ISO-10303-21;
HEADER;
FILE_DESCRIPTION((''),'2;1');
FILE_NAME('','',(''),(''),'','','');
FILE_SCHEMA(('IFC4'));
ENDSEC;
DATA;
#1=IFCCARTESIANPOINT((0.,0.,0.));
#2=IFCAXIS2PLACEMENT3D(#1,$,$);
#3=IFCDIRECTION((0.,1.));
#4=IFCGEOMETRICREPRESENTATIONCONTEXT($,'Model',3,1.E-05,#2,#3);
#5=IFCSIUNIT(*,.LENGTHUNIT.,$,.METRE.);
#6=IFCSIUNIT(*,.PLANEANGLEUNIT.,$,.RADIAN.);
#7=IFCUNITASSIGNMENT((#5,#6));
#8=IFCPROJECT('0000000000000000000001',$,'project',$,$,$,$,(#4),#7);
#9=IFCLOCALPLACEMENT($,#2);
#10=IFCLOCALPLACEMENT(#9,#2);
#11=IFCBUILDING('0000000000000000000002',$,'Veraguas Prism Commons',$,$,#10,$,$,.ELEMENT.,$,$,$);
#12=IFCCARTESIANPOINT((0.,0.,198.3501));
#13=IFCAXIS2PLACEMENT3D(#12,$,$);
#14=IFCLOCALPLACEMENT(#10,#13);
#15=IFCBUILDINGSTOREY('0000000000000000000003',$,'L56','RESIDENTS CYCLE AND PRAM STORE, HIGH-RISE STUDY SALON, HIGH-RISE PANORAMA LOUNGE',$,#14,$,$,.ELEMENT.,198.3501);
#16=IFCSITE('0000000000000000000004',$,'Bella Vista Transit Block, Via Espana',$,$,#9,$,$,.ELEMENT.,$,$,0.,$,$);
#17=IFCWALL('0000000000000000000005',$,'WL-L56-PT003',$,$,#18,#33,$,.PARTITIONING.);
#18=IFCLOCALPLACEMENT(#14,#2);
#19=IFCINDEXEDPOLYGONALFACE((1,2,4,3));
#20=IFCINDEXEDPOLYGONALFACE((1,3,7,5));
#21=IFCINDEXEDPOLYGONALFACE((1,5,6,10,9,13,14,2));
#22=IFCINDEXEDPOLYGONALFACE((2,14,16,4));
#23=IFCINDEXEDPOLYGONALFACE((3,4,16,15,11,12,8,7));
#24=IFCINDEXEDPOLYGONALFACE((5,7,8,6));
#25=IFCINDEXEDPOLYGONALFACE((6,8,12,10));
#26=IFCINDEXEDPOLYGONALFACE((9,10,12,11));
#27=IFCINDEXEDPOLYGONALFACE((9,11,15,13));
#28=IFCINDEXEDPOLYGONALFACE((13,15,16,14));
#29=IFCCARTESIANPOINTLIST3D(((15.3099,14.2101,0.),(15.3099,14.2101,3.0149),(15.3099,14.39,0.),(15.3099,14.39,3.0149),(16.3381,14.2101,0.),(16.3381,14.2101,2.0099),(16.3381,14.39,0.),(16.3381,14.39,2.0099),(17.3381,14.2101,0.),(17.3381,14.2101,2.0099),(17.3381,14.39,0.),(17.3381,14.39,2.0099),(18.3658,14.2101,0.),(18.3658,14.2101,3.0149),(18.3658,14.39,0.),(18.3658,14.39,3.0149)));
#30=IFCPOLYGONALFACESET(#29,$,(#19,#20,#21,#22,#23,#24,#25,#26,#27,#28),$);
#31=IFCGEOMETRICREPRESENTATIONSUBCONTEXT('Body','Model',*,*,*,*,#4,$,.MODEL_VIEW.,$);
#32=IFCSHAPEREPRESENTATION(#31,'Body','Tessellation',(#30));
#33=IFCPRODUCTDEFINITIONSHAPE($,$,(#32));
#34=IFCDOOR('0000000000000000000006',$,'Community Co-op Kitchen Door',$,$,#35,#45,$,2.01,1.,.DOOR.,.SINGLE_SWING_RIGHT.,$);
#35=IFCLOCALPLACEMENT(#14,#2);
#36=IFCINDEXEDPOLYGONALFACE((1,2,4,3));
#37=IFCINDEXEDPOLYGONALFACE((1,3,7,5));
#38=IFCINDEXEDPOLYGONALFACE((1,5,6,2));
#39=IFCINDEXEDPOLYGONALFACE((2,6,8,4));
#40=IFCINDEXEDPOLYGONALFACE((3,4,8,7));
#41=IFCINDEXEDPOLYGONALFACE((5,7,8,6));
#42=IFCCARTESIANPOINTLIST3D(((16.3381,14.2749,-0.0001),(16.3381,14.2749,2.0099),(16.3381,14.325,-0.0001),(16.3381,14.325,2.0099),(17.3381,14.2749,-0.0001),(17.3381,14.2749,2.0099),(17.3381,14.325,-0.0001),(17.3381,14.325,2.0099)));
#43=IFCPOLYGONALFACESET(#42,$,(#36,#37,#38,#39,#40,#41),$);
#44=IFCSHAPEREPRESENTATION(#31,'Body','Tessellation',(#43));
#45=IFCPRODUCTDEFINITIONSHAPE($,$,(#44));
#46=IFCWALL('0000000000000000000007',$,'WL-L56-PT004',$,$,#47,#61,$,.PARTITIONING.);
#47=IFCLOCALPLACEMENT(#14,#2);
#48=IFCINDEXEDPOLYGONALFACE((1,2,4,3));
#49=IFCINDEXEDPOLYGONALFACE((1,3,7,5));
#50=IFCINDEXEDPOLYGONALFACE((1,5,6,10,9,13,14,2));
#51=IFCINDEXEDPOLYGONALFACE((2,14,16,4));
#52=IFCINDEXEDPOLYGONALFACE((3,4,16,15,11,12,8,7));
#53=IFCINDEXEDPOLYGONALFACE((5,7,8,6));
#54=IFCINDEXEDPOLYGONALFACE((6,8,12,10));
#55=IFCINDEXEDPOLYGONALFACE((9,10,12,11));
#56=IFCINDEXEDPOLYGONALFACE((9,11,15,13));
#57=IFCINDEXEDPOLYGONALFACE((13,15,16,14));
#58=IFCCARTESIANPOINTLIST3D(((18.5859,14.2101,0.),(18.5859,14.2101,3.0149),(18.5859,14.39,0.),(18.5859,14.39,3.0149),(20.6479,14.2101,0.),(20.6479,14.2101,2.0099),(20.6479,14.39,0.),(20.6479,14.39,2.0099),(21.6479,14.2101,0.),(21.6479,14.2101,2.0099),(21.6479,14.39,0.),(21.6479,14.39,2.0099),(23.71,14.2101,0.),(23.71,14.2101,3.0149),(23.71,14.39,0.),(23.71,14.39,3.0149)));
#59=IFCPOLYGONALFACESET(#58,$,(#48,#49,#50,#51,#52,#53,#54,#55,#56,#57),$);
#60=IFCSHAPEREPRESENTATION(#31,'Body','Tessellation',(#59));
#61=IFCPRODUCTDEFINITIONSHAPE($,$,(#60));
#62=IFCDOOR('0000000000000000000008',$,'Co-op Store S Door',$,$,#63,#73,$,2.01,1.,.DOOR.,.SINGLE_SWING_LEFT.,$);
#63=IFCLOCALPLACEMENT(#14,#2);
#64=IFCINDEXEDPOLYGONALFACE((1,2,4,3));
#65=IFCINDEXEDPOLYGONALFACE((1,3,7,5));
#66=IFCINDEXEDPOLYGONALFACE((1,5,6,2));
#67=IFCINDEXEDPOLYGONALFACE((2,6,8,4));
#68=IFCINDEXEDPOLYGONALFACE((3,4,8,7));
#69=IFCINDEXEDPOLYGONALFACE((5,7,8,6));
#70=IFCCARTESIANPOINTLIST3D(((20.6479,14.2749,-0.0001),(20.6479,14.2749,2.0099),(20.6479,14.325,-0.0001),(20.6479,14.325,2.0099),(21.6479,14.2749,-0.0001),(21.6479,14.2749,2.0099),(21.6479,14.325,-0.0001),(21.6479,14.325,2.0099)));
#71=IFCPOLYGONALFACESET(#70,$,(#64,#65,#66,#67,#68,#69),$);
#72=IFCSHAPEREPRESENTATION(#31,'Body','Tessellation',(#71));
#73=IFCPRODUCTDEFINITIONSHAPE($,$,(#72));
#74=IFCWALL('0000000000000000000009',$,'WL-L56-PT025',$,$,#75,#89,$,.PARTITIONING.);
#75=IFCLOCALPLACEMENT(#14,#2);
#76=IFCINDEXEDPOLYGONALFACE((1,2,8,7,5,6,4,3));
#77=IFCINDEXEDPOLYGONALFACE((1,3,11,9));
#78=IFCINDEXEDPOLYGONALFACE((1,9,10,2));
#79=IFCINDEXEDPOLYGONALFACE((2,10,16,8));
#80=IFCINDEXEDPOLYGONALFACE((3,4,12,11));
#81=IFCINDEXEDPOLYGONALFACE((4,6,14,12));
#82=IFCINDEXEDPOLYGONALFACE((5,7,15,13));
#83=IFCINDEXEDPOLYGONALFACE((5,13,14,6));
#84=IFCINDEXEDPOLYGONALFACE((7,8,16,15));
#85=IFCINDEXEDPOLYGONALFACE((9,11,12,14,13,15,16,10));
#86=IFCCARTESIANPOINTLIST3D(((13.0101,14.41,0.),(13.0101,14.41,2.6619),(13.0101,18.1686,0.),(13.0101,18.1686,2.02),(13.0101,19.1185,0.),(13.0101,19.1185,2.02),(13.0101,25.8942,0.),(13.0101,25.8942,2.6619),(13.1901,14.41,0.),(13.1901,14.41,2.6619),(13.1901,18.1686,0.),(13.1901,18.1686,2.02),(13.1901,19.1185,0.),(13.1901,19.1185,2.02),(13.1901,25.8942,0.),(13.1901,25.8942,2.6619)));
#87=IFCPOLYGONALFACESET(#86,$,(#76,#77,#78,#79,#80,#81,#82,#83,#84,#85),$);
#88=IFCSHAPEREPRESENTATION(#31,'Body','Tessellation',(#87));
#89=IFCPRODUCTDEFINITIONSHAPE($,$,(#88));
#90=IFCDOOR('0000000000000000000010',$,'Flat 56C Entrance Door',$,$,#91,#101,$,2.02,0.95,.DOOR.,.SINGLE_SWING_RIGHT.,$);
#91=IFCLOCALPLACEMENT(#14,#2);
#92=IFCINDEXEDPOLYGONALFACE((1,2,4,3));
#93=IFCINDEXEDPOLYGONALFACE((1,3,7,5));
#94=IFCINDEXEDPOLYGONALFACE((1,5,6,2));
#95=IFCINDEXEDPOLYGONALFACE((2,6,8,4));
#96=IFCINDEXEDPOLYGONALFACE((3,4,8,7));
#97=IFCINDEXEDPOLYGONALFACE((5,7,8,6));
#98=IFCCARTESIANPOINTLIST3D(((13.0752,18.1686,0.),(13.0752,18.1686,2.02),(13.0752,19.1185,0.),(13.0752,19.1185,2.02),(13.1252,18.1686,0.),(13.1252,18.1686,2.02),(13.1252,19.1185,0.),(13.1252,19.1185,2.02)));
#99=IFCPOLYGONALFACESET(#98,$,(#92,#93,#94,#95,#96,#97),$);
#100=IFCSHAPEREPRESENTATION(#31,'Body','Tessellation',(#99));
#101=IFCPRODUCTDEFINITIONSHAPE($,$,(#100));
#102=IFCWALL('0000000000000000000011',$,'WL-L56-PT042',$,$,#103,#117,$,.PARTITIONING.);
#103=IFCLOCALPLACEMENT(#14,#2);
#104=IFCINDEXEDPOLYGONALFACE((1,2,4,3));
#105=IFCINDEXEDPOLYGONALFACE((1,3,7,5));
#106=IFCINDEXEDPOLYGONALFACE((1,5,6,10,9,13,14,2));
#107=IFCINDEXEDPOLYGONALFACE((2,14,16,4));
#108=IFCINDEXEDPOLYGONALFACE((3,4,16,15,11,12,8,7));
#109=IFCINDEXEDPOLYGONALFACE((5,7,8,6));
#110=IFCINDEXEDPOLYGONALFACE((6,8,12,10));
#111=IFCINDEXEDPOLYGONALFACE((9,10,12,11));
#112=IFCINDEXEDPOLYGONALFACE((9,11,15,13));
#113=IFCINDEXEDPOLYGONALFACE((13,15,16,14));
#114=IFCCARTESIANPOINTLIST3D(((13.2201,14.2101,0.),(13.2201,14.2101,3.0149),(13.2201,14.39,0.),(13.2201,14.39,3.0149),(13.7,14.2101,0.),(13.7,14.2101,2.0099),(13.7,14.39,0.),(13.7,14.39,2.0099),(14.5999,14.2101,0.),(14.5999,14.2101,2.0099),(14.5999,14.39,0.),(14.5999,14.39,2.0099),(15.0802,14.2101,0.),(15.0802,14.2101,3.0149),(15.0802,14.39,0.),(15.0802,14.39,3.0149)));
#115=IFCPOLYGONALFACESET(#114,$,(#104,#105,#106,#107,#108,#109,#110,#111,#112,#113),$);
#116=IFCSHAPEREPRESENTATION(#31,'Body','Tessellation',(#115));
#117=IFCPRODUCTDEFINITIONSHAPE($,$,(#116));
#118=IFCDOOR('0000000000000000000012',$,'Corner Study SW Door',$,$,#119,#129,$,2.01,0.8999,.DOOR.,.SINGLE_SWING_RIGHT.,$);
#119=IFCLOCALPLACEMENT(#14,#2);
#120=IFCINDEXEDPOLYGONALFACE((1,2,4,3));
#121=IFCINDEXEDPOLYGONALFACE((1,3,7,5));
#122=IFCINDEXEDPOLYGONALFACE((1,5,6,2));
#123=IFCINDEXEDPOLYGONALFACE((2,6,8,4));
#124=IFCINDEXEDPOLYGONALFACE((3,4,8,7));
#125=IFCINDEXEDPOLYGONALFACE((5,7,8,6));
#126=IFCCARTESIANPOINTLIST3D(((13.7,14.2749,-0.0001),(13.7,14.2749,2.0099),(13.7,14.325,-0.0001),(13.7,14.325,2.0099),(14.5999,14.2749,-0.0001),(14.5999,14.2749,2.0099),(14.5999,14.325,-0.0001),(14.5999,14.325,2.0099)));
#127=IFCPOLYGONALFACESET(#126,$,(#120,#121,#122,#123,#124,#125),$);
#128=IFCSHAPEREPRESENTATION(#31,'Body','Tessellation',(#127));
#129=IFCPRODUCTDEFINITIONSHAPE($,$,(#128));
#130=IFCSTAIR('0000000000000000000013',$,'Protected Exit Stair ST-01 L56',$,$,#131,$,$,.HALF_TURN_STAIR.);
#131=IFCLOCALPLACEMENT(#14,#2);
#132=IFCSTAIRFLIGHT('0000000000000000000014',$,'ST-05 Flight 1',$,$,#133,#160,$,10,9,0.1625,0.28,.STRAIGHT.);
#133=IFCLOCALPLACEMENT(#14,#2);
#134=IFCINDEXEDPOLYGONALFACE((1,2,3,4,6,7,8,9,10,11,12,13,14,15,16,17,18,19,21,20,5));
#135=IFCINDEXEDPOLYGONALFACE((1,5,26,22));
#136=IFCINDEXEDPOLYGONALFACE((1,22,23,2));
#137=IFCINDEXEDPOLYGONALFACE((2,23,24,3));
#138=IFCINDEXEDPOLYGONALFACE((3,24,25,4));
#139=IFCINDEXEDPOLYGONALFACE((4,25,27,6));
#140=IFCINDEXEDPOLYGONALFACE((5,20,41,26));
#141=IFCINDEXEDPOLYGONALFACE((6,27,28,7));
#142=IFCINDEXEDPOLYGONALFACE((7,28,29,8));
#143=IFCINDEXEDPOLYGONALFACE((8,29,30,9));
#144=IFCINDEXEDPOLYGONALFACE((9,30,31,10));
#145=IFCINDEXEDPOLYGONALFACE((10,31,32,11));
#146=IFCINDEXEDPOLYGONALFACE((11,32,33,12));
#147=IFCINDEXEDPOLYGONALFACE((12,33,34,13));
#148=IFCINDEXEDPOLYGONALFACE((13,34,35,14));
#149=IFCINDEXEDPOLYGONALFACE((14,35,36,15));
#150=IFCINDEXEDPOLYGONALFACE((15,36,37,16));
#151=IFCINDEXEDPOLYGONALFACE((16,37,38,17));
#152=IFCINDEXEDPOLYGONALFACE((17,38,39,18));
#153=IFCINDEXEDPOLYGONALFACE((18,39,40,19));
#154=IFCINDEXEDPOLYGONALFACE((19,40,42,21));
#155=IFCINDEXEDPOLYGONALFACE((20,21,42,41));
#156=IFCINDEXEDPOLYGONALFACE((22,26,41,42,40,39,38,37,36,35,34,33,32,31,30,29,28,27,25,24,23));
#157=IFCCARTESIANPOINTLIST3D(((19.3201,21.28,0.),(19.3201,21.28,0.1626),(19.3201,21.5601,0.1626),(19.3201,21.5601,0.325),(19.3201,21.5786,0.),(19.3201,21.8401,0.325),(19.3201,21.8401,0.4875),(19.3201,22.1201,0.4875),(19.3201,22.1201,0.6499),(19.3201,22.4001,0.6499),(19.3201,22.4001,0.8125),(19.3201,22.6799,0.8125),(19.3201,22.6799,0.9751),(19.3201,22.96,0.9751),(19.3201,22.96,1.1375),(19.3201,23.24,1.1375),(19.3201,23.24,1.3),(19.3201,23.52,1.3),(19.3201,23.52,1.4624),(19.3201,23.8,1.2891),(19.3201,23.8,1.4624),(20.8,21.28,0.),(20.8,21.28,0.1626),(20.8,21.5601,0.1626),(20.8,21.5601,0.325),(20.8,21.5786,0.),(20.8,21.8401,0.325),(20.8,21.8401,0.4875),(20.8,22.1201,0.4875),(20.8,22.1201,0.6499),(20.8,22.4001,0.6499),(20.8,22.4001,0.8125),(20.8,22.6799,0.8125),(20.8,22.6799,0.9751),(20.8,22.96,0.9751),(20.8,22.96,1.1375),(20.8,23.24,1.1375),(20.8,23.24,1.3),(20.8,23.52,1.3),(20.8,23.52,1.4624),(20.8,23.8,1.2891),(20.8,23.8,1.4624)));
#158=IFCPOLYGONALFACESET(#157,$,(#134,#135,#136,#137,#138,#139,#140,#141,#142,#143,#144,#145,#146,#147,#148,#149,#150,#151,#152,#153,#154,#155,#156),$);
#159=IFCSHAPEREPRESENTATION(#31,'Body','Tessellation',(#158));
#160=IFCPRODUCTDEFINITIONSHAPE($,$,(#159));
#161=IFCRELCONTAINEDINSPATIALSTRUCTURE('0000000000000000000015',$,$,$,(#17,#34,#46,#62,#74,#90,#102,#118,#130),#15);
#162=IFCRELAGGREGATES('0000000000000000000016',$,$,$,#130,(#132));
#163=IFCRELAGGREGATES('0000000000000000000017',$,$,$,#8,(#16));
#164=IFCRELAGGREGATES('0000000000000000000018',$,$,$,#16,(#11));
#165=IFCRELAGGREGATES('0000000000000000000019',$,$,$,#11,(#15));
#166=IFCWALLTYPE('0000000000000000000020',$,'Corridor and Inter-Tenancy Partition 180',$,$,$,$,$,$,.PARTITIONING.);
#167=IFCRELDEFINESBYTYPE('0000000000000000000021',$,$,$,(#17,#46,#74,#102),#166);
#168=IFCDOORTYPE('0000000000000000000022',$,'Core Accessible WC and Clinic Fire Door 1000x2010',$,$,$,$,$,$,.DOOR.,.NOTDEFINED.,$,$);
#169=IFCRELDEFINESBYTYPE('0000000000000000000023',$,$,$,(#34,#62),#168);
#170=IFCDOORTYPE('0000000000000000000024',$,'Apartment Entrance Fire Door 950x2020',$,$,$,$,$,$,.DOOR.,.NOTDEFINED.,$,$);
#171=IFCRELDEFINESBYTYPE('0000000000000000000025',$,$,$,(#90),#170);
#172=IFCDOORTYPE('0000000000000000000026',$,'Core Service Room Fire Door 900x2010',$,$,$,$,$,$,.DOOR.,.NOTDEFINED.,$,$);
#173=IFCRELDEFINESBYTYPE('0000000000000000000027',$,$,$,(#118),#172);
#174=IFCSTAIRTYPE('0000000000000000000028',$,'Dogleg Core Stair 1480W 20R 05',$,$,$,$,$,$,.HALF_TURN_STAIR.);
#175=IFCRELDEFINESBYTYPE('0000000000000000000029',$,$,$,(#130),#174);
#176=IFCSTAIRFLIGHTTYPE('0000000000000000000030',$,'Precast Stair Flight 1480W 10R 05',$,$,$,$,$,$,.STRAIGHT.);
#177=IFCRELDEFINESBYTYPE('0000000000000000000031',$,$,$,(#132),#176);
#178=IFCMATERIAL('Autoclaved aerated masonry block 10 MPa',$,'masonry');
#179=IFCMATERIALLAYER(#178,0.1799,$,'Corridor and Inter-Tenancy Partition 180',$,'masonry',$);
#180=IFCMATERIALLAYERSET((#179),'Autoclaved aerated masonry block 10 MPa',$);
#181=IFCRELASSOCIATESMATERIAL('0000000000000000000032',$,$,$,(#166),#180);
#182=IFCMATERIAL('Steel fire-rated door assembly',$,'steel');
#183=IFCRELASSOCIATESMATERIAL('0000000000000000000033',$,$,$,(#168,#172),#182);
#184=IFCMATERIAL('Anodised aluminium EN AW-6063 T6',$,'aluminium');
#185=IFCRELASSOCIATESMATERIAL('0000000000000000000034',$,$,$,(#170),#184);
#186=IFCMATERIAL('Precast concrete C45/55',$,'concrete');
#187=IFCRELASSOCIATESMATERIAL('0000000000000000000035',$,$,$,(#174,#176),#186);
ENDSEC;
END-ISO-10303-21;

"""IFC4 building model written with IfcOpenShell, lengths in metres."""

from ifc_helpers import new_model, si_unit, direction, frame, frame_2d, origin, place, context, subcontext, project, spatial, polyline, rectangle, outline, extrude, source, transform, mapped, material, layer, layer_set, type_object, element, fill, aggregate, save


model = new_model("IFC4")

# Units and contexts
model_context = context("Model", 3, precision=1e-05, world=origin(), true_north=direction((0.0, 1.0)))
body_context = subcontext(model_context, "Body", "Model", "MODEL_VIEW")
ifc_project = project(units=[si_unit("LENGTHUNIT", "METRE"), si_unit("PLANEANGLEUNIT", "RADIAN")], contexts=[model_context])

# Site, building, storey
site_placement = place(None, origin())
site = spatial("IfcSite", under=ifc_project, at=site_placement, Name="Bella Vista Transit Block, Via Espana", CompositionType="ELEMENT", RefElevation=0.0)
building_placement = place(site_placement, origin())
building = spatial("IfcBuilding", under=site, at=building_placement, Name="Veraguas Prism Commons", CompositionType="ELEMENT")
storey_placement = place(building_placement, frame((0.0, 0.0, 198.3501)))
storey = spatial("IfcBuildingStorey", under=building, at=storey_placement, Name="L56", Description="RESIDENTS CYCLE AND PRAM STORE, HIGH-RISE STUDY SALON, HIGH-RISE PANORAMA LOUNGE", CompositionType="ELEMENT", Elevation=198.3501)

# Shared definitions
ifc_material_1 = material(Name="Steel fire-rated door assembly", Category="steel")

# Walls, openings, doors
ifc_material_2 = material(Name="Autoclaved aerated masonry block 10 MPa", Category="masonry")
ifc_layer_1 = layer(ifc_material_2, 0.1799, Name="Corridor and Inter-Tenancy Partition 180", Category="masonry")
ifc_layer_set_1 = layer_set([ifc_layer_1], Name="Autoclaved aerated masonry block 10 MPa")
wall_type_1 = type_object("IfcWallType", Name="Corridor and Inter-Tenancy Partition 180", PredefinedType="PARTITIONING", material=ifc_layer_set_1)
wall_1_placement = place(storey_placement, frame((15.3101, 14.3, 0.0), z_axis=(0.0, 0.0, 1.0), x_axis=(1.0, 0.0, 0.0)))
wall_1 = element("IfcWall", 1, at=wall_1_placement, inside=storey, type_object=wall_type_1, Name="WL-L56-PT003", PredefinedType="PARTITIONING", context=body_context, shape_type="SweptSolid", body=[
    extrude(rectangle(XDim=3.0559, YDim=0.1799, at=frame_2d((1.5278, 0.0))), origin(), (0.0, 0.0, 1.0), 3.0149),
])
opening_1_placement = place(wall_1_placement, frame((1.0281, 0.0, 0.0)))
opening_1 = element("IfcOpeningElement", 2, at=opening_1_placement, cuts=wall_1, PredefinedType="OPENING", context=body_context, shape_type="SweptSolid", body=[
    extrude(rectangle(XDim=1.0, YDim=2.01, at=frame_2d((0.5, 1.0049))), frame((0.0, 0.0999, 0.0), z_axis=(0.0, -1.0, 0.0), x_axis=(1.0, 0.0, 0.0)), (0.0, 0.0, 1.0), 0.2),
])
door_type_1 = type_object("IfcDoorType", Name="Core Accessible WC and Clinic Fire Door 1000x2010", OperationType="NOTDEFINED", PredefinedType="DOOR", material=ifc_material_1)
shared_shape_1 = source(origin(), body_context, "Body", "SweptSolid", [
    extrude(rectangle(XDim=1.0, YDim=2.01, at=frame_2d((0.5, 1.0049))), frame((0.0, 0.0249, 0.0), z_axis=(0.0, -1.0, 0.0), x_axis=(1.0, 0.0, 0.0)), (0.0, 0.0, 1.0), 0.05),
])
door_1_placement = place(opening_1_placement, origin())
door_1 = element("IfcDoor", 3, at=door_1_placement, inside=storey, type_object=door_type_1, Name="Community Co-op Kitchen Door", OperationType="SINGLE_SWING_RIGHT", OverallHeight=2.01, OverallWidth=1.0, PredefinedType="DOOR", context=body_context, shape_type="MappedRepresentation", body=[
    mapped(shared_shape_1, transform((0.0, 0.0, 0.0), scale=1.0)),
])
fill(opening_1, door_1)
wall_2_placement = place(storey_placement, frame((18.5859, 14.3, 0.0), z_axis=(0.0, 0.0, 1.0), x_axis=(1.0, 0.0, 0.0)))
wall_2 = element("IfcWall", 4, at=wall_2_placement, inside=storey, type_object=wall_type_1, Name="WL-L56-PT004", PredefinedType="PARTITIONING", context=body_context, shape_type="SweptSolid", body=[
    extrude(rectangle(XDim=5.124, YDim=0.1799, at=frame_2d((2.562, 0.0))), origin(), (0.0, 0.0, 1.0), 3.0149),
])
opening_2_placement = place(wall_2_placement, frame((2.062, 0.0, 0.0)))
opening_2 = element("IfcOpeningElement", 5, at=opening_2_placement, cuts=wall_2, PredefinedType="OPENING", context=body_context, shape_type="SweptSolid", body=[
    extrude(rectangle(XDim=1.0, YDim=2.01, at=frame_2d((0.5, 1.0049))), frame((0.0, 0.0999, 0.0), z_axis=(0.0, -1.0, 0.0), x_axis=(1.0, 0.0, 0.0)), (0.0, 0.0, 1.0), 0.2),
])
door_2_placement = place(opening_2_placement, origin())
door_2 = element("IfcDoor", 6, at=door_2_placement, inside=storey, type_object=door_type_1, Name="Co-op Store S Door", OperationType="SINGLE_SWING_LEFT", OverallHeight=2.01, OverallWidth=1.0, PredefinedType="DOOR", context=body_context, shape_type="MappedRepresentation", body=[
    mapped(shared_shape_1, transform((0.0, 0.0, 0.0), scale=1.0)),
])
fill(opening_2, door_2)
wall_3_placement = place(storey_placement, frame((13.1001, 14.4099, 0.0), z_axis=(0.0, 0.0, 1.0), x_axis=(0.0, 1.0, 0.0)))
wall_3 = element("IfcWall", 7, at=wall_3_placement, inside=storey, type_object=wall_type_1, Name="WL-L56-PT025", PredefinedType="PARTITIONING", context=body_context, shape_type="SweptSolid", body=[
    extrude(rectangle(XDim=11.4841, YDim=0.1799, at=frame_2d((5.7422, 0.0))), origin(), (0.0, 0.0, 1.0), 2.6619),
])
opening_3_placement = place(wall_3_placement, frame((3.7585, 0.0, 0.0)))
opening_3 = element("IfcOpeningElement", 8, at=opening_3_placement, cuts=wall_3, PredefinedType="OPENING", context=body_context, shape_type="SweptSolid", body=[
    extrude(rectangle(XDim=0.95, YDim=2.02, at=frame_2d((0.4751, 1.01))), frame((0.0, 0.0999, 0.0), z_axis=(0.0, -1.0, 0.0), x_axis=(1.0, 0.0, 0.0)), (0.0, 0.0, 1.0), 0.2),
])
ifc_material_3 = material(Name="Anodised aluminium EN AW-6063 T6", Category="aluminium")
door_type_2 = type_object("IfcDoorType", Name="Apartment Entrance Fire Door 950x2020", OperationType="NOTDEFINED", PredefinedType="DOOR", material=ifc_material_3)
shared_shape_2 = source(origin(), body_context, "Body", "SweptSolid", [
    extrude(rectangle(XDim=0.95, YDim=2.02, at=frame_2d((0.4751, 1.01))), frame((0.0, 0.0249, 0.0), z_axis=(0.0, -1.0, 0.0), x_axis=(1.0, 0.0, 0.0)), (0.0, 0.0, 1.0), 0.05),
])
door_3_placement = place(opening_3_placement, origin())
door_3 = element("IfcDoor", 9, at=door_3_placement, inside=storey, type_object=door_type_2, Name="Flat 56C Entrance Door", OperationType="SINGLE_SWING_RIGHT", OverallHeight=2.02, OverallWidth=0.95, PredefinedType="DOOR", context=body_context, shape_type="MappedRepresentation", body=[
    mapped(shared_shape_2, transform((0.0, 0.0, 0.0), scale=1.0)),
])
fill(opening_3, door_3)
wall_4_placement = place(storey_placement, frame((13.22, 14.3, 0.0), z_axis=(0.0, 0.0, 1.0), x_axis=(1.0, 0.0, 0.0)))
wall_4 = element("IfcWall", 10, at=wall_4_placement, inside=storey, type_object=wall_type_1, Name="WL-L56-PT042", PredefinedType="PARTITIONING", context=body_context, shape_type="SweptSolid", body=[
    extrude(rectangle(XDim=1.8601, YDim=0.1799, at=frame_2d((0.9302, 0.0))), origin(), (0.0, 0.0, 1.0), 3.0149),
])
opening_4_placement = place(wall_4_placement, frame((0.48, 0.0, 0.0)))
opening_4 = element("IfcOpeningElement", 11, at=opening_4_placement, cuts=wall_4, PredefinedType="OPENING", context=body_context, shape_type="SweptSolid", body=[
    extrude(rectangle(XDim=0.8999, YDim=2.01, at=frame_2d((0.45, 1.0049))), frame((0.0, 0.0999, 0.0), z_axis=(0.0, -1.0, 0.0), x_axis=(1.0, 0.0, 0.0)), (0.0, 0.0, 1.0), 0.2),
])
door_type_3 = type_object("IfcDoorType", Name="Core Service Room Fire Door 900x2010", OperationType="NOTDEFINED", PredefinedType="DOOR", material=ifc_material_1)
shared_shape_3 = source(origin(), body_context, "Body", "SweptSolid", [
    extrude(rectangle(XDim=0.8999, YDim=2.01, at=frame_2d((0.45, 1.0049))), frame((0.0, 0.0249, 0.0), z_axis=(0.0, -1.0, 0.0), x_axis=(1.0, 0.0, 0.0)), (0.0, 0.0, 1.0), 0.05),
])
door_4_placement = place(opening_4_placement, origin())
door_4 = element("IfcDoor", 12, at=door_4_placement, inside=storey, type_object=door_type_3, Name="Corner Study SW Door", OperationType="SINGLE_SWING_RIGHT", OverallHeight=2.01, OverallWidth=0.8999, PredefinedType="DOOR", context=body_context, shape_type="MappedRepresentation", body=[
    mapped(shared_shape_3, transform((0.0, 0.0, 0.0), scale=1.0)),
])
fill(opening_4, door_4)

# Stair, stair flight
ifc_material_4 = material(Name="Precast concrete C45/55", Category="concrete")
stair_type = type_object("IfcStairType", Name="Dogleg Core Stair 1480W 20R 05", PredefinedType="HALF_TURN_STAIR", material=ifc_material_4)
stair_placement = place(storey_placement, origin())
stair = element("IfcStair", 13, at=stair_placement, inside=storey, type_object=stair_type, Name="Protected Exit Stair ST-01 L56", PredefinedType="HALF_TURN_STAIR")
stair_flight_type = type_object("IfcStairFlightType", Name="Precast Stair Flight 1480W 10R 05", PredefinedType="STRAIGHT", material=ifc_material_4)
stair_flight_placement = place(storey_placement, frame((20.0601, 21.28, 0.0), z_axis=(0.0, 0.0, 1.0), x_axis=(0.0, 1.0, 0.0)))
stair_flight = element("IfcStairFlight", 14, at=stair_flight_placement, type_object=stair_flight_type, Name="ST-05 Flight 1", NumberOfRisers=10, NumberOfTreads=9, PredefinedType="STRAIGHT", RiserHeight=0.1625, TreadLength=0.28, context=body_context, shape_type="SweptSolid", body=[
    extrude(outline(polyline([(0.0, 0.0), (0.0, 0.1626), (0.28, 0.1626), (0.28, 0.325), (0.5601, 0.325), (0.5601, 0.4875), (0.8401, 0.4875), (0.8401, 0.6499), (1.1201, 0.6499), (1.1201, 0.8125), (1.3999, 0.8125), (1.3999, 0.9751), (1.6799, 0.9751), (1.6799, 1.1375), (1.96, 1.1375), (1.96, 1.3), (2.24, 1.3), (2.24, 1.4624), (2.52, 1.4624), (2.52, 1.625), (2.52, 1.2891), (0.2986, 0.0), (0.0, 0.0)])), frame((0.0, 0.74, 0.0), z_axis=(0.0, -1.0, 0.0), x_axis=(1.0, 0.0, 0.0)), (0.0, 0.0, 1.0), 1.48),
])
aggregate(stair, [stair_flight])

save(model, "model.ifc")
